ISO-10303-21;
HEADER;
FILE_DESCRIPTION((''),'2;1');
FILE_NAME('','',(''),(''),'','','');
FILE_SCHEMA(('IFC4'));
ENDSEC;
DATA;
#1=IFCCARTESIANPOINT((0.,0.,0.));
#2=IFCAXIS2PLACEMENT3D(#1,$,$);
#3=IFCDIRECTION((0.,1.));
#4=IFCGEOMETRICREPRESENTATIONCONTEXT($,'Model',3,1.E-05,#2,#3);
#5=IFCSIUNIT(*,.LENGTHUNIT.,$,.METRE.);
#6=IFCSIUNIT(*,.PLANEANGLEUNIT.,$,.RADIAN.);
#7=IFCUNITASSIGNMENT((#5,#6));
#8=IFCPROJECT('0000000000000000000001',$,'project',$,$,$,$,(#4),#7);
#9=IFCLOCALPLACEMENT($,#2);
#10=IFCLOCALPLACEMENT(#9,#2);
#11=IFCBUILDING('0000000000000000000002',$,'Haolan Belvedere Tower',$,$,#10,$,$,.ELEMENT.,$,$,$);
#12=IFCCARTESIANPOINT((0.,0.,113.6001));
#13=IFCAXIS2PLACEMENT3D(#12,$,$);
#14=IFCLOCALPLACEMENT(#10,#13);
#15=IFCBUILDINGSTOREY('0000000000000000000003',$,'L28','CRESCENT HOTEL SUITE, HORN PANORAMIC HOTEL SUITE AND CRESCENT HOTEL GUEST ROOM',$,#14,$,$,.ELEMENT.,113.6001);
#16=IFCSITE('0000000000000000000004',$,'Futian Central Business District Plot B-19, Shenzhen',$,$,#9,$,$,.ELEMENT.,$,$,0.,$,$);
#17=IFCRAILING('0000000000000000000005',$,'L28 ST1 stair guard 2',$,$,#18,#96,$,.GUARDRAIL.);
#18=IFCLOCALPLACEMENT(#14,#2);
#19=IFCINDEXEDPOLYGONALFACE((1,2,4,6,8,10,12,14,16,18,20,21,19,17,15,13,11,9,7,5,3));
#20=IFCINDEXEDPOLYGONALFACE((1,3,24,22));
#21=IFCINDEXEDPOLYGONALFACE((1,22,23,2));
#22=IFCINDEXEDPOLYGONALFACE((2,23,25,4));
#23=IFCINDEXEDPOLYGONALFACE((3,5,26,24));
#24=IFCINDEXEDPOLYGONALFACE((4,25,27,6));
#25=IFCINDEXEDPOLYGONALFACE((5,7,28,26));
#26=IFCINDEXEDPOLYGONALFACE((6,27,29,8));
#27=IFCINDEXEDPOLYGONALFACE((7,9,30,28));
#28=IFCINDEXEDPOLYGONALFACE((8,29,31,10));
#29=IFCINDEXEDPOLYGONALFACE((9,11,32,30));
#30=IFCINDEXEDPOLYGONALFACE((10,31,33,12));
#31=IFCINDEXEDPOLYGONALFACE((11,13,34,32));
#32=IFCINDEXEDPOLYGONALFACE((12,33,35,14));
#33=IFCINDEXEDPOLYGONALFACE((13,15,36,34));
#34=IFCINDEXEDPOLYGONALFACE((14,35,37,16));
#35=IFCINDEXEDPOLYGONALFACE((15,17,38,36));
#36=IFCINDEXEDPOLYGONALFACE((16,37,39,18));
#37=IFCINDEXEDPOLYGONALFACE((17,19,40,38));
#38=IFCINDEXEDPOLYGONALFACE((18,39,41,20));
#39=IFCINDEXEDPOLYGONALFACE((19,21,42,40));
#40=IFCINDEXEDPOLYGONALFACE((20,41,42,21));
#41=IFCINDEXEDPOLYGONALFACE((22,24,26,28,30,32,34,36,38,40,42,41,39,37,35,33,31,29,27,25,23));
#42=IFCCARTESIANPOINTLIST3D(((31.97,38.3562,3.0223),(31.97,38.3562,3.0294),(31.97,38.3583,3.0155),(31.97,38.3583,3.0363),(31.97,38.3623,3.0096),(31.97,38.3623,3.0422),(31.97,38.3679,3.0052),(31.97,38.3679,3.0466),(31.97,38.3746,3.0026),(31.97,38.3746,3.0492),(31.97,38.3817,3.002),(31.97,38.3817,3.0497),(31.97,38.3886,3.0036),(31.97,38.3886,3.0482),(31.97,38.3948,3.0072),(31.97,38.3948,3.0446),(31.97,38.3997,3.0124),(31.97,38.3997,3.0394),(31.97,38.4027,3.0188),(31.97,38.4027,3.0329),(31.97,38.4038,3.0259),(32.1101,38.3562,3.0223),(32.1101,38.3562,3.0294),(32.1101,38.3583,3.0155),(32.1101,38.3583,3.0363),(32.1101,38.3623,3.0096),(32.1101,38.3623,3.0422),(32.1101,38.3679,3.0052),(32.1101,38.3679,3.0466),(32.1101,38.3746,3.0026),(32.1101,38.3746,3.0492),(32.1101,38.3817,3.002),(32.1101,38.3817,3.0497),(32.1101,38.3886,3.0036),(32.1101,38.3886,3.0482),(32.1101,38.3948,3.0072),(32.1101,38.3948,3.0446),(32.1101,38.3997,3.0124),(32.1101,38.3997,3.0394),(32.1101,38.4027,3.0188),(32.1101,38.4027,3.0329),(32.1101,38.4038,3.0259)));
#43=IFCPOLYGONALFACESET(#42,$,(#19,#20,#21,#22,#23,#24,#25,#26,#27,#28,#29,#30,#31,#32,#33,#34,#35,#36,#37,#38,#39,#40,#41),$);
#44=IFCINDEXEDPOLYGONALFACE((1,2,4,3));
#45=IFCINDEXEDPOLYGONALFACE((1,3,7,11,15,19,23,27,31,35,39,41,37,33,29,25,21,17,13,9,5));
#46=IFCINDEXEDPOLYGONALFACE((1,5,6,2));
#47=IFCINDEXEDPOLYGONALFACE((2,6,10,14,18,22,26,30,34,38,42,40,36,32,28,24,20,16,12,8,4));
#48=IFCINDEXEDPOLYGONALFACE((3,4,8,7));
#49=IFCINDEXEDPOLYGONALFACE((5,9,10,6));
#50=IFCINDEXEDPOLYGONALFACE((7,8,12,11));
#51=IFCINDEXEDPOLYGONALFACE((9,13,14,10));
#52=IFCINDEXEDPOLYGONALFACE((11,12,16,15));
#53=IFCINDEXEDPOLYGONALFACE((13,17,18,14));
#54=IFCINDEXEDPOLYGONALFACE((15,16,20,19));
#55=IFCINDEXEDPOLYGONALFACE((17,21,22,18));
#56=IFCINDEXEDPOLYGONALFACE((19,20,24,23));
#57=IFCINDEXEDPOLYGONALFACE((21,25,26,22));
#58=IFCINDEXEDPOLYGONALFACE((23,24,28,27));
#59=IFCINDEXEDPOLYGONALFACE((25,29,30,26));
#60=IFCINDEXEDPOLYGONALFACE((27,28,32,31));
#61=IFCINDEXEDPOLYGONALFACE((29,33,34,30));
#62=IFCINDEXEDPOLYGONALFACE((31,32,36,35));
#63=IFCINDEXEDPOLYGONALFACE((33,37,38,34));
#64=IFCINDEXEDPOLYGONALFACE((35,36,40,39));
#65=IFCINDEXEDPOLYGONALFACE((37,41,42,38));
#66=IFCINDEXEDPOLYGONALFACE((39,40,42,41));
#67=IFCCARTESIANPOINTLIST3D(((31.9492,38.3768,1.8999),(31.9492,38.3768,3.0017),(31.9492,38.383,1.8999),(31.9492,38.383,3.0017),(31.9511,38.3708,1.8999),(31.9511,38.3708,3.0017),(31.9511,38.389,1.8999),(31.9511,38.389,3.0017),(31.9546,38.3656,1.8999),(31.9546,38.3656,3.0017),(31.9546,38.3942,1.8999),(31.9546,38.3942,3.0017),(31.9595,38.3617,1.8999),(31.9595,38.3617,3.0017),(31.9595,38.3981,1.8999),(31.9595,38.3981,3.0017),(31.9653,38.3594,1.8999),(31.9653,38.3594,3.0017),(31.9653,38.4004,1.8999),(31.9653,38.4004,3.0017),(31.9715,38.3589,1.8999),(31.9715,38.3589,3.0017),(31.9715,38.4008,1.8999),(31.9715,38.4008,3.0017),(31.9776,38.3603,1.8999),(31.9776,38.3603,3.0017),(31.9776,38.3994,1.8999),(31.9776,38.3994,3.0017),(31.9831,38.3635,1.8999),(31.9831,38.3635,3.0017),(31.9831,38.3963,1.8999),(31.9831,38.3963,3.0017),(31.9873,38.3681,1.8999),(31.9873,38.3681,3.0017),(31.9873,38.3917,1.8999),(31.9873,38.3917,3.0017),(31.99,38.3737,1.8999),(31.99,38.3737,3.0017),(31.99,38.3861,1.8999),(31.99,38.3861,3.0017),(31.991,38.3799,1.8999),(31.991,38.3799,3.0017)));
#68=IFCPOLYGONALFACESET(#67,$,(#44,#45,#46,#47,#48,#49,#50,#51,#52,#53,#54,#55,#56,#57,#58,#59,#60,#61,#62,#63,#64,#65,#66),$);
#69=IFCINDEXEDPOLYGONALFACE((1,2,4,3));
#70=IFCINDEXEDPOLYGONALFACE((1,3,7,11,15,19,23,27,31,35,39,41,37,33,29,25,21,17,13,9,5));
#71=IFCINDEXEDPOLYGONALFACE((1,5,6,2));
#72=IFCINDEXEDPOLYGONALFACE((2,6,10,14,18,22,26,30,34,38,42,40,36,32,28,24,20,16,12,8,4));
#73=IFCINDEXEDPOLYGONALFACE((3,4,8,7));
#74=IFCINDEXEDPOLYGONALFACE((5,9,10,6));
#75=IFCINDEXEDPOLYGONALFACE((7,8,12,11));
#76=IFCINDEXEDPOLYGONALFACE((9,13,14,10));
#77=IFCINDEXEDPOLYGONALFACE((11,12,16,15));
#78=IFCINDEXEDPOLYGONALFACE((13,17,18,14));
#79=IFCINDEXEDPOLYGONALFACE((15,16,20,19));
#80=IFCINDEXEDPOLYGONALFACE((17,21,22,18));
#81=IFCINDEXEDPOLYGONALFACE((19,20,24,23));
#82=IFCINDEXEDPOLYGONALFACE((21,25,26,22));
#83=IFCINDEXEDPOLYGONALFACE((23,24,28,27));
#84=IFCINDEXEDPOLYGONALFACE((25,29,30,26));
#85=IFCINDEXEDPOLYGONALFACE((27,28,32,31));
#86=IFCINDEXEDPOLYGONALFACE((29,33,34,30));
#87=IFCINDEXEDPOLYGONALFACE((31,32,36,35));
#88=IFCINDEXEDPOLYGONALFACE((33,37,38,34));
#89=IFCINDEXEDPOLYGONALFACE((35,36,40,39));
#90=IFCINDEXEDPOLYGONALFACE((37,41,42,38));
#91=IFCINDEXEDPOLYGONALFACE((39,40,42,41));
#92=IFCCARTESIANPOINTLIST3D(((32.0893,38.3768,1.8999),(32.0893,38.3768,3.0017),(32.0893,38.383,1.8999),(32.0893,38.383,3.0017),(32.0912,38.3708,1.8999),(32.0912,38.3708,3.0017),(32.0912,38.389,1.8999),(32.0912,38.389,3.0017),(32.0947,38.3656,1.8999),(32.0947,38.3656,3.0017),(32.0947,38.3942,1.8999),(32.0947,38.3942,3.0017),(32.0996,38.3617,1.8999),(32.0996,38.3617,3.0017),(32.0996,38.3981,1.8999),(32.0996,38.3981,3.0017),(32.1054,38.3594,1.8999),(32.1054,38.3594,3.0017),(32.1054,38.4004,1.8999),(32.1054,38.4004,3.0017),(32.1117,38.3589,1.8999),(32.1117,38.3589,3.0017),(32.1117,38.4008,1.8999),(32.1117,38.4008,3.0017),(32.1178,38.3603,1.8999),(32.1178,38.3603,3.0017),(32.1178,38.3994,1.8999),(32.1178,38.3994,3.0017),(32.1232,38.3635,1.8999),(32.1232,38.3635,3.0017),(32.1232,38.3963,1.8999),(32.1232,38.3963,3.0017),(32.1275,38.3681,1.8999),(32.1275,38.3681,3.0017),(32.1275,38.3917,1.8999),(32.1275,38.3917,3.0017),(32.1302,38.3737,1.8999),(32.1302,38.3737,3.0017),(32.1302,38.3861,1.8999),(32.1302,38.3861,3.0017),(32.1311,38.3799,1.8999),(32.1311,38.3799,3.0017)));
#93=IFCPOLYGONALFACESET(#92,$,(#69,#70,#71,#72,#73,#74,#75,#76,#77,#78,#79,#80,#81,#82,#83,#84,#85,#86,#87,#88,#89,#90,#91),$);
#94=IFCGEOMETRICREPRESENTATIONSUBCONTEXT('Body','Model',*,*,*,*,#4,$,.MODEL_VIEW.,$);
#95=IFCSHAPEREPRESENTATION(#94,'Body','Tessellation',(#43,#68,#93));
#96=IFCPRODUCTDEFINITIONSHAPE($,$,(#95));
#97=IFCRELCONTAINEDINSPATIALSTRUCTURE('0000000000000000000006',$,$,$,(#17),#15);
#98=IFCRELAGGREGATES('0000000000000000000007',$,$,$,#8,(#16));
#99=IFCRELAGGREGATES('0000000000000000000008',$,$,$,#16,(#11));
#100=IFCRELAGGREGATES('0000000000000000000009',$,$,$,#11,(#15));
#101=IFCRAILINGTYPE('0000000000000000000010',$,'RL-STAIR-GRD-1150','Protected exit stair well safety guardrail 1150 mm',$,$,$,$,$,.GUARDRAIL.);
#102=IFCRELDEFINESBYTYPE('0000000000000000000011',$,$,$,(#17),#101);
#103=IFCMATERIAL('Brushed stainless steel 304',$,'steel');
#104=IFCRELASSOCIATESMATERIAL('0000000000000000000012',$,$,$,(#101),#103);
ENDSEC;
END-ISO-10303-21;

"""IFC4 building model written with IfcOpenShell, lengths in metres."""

from ifc_helpers import new_model, si_unit, direction, frame, origin, origin_2d, place, context, subcontext, project, spatial, circle, extrude, material, type_object, element, save


model = new_model("IFC4")

# Units and contexts
model_context = context("Model", 3, precision=1e-05, world=origin(), true_north=direction((0.0, 1.0)))
body_context = subcontext(model_context, "Body", "Model", "MODEL_VIEW")
ifc_project = project(units=[si_unit("LENGTHUNIT", "METRE"), si_unit("PLANEANGLEUNIT", "RADIAN")], contexts=[model_context])

# Site, building, storey
site_placement = place(None, origin())
site = spatial("IfcSite", under=ifc_project, at=site_placement, Name="Futian Central Business District Plot B-19, Shenzhen", CompositionType="ELEMENT", RefElevation=0.0)
building_placement = place(site_placement, origin())
building = spatial("IfcBuilding", under=site, at=building_placement, Name="Haolan Belvedere Tower", CompositionType="ELEMENT")
storey_placement = place(building_placement, frame((0.0, 0.0, 113.6001)))
storey = spatial("IfcBuildingStorey", under=building, at=storey_placement, Name="L28", Description="CRESCENT HOTEL SUITE, HORN PANORAMIC HOTEL SUITE AND CRESCENT HOTEL GUEST ROOM", CompositionType="ELEMENT", Elevation=113.6001)

# Railing
ifc_material_1 = material(Name="Brushed stainless steel 304", Category="steel")
railing_type_1 = type_object("IfcRailingType", Name="RL-STAIR-GRD-1150", Description="Protected exit stair well safety guardrail 1150 mm", PredefinedType="GUARDRAIL", material=ifc_material_1)
railing_1_placement = place(storey_placement, frame((31.97, 38.3799, 1.8999)))
element("IfcRailing", 1, at=railing_1_placement, inside=storey, type_object=railing_type_1, Name="L28 ST1 stair guard 2", PredefinedType="GUARDRAIL", context=body_context, shape_type="SweptSolid", body=[
    extrude(circle(Radius=0.0239, at=origin_2d()), frame((0.0, 0.0, 1.126), z_axis=(1.0, 0.0, 0.0), x_axis=(0.0, 1.0, 0.0)), (0.0, 0.0, 1.0), 0.1401),
    extrude(circle(Radius=0.021, at=origin_2d()), origin(), (0.0, 0.0, 1.0), 1.1018),
    extrude(circle(Radius=0.021, at=origin_2d()), frame((0.1401, 0.0, 0.0)), (0.0, 0.0, 1.0), 1.1018),
])

save(model, "model.ifc")
